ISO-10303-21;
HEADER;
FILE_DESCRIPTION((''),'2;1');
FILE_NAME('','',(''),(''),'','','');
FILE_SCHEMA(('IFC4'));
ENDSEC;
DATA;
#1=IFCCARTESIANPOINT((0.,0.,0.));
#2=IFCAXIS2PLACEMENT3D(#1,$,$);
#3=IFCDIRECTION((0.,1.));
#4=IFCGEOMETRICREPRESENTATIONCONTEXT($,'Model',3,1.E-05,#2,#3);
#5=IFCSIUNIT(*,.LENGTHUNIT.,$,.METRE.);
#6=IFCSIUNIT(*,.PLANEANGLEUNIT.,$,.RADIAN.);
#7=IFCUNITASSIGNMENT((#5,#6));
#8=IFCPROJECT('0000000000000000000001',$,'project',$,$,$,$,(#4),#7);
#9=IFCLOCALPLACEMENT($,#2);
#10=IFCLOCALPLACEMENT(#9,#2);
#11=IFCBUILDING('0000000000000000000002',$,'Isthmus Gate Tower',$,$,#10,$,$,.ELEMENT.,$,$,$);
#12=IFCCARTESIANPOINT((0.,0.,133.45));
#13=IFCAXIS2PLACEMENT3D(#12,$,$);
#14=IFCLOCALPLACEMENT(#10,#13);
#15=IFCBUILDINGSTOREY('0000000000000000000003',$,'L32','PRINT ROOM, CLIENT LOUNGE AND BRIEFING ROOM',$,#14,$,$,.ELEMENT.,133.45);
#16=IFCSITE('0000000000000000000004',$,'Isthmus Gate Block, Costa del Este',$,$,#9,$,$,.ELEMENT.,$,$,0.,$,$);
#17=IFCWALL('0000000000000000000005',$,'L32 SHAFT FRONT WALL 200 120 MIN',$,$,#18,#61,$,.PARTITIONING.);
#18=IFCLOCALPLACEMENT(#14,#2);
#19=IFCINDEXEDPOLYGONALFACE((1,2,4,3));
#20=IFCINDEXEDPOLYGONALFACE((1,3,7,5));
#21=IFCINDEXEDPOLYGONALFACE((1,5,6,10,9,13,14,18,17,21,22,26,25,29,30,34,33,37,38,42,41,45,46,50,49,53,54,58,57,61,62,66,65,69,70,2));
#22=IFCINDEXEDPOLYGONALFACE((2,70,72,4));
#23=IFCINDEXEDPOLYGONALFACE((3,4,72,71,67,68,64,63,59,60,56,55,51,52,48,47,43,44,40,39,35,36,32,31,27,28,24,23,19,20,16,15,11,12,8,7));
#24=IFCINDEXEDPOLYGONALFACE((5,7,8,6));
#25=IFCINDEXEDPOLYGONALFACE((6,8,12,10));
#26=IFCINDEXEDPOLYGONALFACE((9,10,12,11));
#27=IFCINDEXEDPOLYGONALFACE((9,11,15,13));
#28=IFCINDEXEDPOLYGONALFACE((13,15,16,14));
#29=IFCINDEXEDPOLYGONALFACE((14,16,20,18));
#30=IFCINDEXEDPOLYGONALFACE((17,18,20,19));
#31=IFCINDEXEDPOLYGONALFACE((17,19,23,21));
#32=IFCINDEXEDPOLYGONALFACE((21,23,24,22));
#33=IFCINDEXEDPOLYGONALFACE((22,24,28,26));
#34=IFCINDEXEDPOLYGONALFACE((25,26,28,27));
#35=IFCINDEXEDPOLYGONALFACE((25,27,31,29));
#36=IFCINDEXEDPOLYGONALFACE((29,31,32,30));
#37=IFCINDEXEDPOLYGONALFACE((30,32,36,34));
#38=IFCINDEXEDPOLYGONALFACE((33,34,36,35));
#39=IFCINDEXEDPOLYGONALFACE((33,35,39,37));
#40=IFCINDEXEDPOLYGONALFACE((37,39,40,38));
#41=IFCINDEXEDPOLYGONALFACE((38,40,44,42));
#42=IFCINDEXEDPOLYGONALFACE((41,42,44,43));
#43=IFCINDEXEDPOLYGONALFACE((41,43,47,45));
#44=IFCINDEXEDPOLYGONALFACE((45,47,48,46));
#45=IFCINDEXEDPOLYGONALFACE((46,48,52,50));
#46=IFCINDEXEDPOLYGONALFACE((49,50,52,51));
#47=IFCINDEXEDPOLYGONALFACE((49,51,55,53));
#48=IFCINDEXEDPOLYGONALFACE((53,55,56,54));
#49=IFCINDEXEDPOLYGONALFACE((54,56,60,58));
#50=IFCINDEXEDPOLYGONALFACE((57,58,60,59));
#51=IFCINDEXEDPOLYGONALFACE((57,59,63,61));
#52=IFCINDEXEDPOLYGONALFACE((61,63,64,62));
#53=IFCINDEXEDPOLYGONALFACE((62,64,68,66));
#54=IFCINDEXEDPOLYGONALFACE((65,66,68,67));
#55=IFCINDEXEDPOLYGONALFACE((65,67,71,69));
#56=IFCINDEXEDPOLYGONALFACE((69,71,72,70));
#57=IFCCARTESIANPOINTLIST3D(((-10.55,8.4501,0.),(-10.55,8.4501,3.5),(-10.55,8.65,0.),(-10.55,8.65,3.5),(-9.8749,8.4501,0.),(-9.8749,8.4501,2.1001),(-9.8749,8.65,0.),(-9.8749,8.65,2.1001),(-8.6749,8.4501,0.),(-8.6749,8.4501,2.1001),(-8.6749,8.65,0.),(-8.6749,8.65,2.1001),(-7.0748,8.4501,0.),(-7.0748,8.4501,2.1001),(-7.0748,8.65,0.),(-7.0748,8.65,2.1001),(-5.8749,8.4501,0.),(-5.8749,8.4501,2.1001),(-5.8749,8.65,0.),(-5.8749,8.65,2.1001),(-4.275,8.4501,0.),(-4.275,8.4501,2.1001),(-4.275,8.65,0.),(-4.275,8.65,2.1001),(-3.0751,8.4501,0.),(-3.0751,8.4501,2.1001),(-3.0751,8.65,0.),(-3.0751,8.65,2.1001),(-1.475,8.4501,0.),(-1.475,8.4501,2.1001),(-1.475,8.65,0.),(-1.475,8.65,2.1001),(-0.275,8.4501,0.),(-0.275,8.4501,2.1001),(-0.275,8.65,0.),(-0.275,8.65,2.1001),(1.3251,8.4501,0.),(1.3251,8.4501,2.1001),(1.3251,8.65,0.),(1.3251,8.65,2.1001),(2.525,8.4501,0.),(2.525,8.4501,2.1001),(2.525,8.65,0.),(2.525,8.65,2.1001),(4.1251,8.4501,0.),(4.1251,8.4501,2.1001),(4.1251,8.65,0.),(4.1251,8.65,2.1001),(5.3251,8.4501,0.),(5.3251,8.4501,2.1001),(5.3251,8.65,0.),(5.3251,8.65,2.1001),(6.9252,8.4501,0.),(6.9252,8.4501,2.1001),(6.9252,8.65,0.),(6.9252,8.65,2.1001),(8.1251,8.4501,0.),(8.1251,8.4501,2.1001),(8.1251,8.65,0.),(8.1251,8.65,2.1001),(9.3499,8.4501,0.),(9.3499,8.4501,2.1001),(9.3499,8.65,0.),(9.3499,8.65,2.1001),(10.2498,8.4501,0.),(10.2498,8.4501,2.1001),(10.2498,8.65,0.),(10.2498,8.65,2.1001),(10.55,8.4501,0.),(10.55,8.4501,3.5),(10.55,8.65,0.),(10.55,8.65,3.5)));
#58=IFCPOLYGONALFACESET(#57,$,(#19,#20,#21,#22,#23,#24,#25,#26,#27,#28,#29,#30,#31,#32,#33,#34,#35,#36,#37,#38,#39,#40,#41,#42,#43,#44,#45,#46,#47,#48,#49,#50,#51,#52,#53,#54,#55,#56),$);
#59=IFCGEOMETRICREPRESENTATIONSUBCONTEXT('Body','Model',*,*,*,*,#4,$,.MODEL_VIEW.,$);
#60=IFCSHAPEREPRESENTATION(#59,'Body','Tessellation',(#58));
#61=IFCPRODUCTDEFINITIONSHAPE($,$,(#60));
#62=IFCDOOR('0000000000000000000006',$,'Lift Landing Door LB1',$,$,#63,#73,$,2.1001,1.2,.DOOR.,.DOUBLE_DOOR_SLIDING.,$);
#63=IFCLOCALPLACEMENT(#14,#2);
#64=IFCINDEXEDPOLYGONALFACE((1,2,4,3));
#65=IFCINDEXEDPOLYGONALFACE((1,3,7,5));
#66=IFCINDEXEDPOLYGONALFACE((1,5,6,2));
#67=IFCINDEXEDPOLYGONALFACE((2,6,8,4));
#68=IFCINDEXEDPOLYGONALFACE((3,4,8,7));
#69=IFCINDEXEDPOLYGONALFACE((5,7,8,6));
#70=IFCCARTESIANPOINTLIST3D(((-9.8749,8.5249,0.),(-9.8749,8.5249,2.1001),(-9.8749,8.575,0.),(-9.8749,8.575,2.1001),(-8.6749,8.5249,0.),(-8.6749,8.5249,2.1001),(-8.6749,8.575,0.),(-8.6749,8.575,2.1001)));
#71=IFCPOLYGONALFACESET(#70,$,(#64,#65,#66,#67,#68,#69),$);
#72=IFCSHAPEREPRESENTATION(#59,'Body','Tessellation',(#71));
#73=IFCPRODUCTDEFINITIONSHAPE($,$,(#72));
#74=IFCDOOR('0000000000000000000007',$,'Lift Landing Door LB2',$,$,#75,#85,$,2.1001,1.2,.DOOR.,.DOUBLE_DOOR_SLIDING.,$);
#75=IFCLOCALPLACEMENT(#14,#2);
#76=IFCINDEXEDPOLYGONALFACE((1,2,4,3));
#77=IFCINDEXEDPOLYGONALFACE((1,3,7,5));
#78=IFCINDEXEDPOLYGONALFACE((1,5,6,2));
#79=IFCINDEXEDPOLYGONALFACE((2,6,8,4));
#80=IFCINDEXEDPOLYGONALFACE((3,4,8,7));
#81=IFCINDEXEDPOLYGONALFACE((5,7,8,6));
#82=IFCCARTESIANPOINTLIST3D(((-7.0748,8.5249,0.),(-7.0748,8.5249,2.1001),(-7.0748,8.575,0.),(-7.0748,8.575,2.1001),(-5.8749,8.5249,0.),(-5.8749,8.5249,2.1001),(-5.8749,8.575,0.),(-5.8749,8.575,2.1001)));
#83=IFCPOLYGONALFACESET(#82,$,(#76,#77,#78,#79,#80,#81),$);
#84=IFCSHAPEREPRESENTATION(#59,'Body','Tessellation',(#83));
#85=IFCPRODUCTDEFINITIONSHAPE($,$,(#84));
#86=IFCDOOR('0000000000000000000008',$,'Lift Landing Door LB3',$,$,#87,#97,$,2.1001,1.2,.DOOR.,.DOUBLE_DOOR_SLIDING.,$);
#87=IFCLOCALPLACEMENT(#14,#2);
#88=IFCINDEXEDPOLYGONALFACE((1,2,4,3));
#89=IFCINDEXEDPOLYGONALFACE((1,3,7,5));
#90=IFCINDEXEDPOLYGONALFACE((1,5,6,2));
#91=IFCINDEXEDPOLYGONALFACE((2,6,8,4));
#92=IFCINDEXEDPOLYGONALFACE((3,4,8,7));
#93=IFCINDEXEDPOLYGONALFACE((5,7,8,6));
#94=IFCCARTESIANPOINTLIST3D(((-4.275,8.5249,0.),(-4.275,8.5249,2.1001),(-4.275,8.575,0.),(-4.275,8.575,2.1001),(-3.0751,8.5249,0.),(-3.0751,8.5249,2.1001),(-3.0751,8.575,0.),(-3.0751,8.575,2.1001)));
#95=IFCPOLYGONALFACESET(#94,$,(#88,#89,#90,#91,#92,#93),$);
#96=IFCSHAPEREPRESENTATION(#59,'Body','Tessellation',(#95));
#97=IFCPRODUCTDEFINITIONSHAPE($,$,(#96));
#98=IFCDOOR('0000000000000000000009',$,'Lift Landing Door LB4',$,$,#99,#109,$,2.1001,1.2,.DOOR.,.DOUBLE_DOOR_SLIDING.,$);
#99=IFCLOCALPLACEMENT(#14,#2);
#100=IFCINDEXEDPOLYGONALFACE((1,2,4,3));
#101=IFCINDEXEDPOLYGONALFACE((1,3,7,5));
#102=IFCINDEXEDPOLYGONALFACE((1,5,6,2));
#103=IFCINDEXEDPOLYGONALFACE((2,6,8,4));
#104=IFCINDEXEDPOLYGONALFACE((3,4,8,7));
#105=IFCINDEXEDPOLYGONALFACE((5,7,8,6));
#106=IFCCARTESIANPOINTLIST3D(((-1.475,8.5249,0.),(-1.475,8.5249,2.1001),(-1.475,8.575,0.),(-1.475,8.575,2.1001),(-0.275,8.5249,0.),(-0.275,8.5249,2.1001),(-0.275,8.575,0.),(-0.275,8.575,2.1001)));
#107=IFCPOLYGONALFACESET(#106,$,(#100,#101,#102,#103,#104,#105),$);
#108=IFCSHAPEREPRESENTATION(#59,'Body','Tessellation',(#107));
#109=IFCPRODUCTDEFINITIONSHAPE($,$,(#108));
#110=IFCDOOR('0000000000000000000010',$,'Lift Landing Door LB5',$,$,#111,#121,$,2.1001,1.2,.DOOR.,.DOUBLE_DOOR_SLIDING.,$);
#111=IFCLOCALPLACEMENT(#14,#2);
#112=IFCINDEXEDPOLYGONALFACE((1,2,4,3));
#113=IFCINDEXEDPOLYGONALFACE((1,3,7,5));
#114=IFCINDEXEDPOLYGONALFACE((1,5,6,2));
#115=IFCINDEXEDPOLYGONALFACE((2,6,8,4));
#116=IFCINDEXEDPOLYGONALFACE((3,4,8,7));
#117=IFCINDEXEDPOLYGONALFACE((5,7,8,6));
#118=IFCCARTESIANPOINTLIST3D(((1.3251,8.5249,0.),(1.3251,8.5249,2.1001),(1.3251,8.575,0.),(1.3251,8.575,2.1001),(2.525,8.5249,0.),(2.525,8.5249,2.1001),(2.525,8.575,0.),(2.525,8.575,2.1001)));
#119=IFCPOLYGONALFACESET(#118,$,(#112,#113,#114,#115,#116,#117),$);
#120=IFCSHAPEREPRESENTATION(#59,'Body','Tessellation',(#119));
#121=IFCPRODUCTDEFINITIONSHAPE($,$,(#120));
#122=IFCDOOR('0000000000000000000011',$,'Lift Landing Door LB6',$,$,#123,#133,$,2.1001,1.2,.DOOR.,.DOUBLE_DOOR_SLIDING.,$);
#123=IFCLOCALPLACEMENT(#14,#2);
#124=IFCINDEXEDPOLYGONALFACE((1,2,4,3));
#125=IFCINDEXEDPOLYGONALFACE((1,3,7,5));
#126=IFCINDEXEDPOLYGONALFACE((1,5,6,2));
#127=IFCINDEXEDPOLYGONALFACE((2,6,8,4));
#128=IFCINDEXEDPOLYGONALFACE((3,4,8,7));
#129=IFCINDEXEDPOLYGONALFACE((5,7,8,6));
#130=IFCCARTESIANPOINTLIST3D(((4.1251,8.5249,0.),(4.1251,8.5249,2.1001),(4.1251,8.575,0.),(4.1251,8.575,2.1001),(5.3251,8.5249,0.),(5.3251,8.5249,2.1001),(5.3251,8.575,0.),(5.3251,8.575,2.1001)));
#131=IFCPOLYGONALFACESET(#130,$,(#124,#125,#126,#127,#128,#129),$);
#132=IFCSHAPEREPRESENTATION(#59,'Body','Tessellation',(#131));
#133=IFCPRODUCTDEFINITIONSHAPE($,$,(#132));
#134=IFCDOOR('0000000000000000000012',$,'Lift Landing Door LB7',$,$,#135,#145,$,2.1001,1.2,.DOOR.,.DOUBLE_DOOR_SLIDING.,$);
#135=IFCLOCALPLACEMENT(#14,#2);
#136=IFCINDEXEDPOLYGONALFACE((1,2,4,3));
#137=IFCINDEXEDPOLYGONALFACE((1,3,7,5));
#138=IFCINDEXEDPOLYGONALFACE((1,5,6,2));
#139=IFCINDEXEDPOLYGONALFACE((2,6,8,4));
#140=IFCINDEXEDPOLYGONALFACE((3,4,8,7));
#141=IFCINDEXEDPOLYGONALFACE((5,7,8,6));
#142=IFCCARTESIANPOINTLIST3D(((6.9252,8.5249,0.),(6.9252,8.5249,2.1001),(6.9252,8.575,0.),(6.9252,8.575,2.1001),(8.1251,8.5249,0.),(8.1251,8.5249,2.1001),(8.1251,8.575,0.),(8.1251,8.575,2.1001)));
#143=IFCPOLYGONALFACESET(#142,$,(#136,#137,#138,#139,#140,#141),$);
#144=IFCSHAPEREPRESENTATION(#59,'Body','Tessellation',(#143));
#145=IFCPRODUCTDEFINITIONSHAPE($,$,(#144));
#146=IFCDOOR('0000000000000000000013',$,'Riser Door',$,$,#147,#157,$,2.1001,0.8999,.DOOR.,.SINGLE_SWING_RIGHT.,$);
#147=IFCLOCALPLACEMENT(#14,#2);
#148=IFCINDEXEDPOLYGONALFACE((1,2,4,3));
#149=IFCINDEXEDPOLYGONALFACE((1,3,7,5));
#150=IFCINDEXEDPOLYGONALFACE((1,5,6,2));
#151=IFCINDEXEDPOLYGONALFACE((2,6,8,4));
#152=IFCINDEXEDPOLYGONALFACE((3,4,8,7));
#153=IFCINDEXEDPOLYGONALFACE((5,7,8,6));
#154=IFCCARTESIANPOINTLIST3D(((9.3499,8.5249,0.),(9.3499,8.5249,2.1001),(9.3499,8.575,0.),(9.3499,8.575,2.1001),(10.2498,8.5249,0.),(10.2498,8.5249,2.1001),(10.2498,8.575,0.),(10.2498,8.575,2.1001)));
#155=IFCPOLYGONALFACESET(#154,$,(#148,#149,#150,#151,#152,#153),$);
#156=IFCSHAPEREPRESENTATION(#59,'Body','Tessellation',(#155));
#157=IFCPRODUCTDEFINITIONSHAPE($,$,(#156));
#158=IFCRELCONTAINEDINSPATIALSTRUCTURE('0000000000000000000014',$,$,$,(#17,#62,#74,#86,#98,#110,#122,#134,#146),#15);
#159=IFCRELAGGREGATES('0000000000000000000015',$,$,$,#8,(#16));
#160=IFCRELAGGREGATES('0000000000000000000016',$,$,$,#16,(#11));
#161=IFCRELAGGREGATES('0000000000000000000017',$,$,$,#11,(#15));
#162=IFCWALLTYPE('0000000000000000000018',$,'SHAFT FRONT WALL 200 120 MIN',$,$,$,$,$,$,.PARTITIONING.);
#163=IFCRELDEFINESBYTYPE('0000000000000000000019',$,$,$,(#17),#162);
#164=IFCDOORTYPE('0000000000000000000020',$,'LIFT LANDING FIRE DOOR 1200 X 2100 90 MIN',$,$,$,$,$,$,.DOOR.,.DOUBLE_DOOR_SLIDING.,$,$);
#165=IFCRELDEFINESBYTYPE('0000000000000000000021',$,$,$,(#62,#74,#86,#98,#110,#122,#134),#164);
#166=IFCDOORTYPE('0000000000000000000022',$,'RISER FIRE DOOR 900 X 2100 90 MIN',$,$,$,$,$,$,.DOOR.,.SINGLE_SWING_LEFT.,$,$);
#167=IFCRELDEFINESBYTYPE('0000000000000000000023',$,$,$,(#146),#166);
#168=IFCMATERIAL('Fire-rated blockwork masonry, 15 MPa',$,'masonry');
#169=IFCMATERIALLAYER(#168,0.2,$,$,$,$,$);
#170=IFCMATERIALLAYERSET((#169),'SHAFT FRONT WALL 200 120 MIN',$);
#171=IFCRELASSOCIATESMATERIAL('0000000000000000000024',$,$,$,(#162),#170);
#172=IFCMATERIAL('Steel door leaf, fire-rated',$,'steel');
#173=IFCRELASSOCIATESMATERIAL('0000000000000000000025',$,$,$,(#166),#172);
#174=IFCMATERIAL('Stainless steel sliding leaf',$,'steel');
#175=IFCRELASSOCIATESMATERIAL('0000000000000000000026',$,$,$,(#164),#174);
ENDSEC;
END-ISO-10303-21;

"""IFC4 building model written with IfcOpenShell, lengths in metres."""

from ifc_helpers import new_model, si_unit, direction, frame, frame_2d, origin, place, context, subcontext, project, spatial, rectangle, extrude, material, layer, layer_set, type_object, element, fill, save


model = new_model("IFC4")

# Units and contexts
model_context = context("Model", 3, precision=1e-05, world=origin(), true_north=direction((0.0, 1.0)))
body_context = subcontext(model_context, "Body", "Model", "MODEL_VIEW")
ifc_project = project(units=[si_unit("LENGTHUNIT", "METRE"), si_unit("PLANEANGLEUNIT", "RADIAN")], contexts=[model_context])

# Site, building, storey
site_placement = place(None, origin())
site = spatial("IfcSite", under=ifc_project, at=site_placement, Name="Isthmus Gate Block, Costa del Este", CompositionType="ELEMENT", RefElevation=0.0)
building_placement = place(site_placement, origin())
building = spatial("IfcBuilding", under=site, at=building_placement, Name="Isthmus Gate Tower", CompositionType="ELEMENT")
storey_placement = place(building_placement, frame((0.0, 0.0, 133.45)))
storey = spatial("IfcBuildingStorey", under=building, at=storey_placement, Name="L32", Description="PRINT ROOM, CLIENT LOUNGE AND BRIEFING ROOM", CompositionType="ELEMENT", Elevation=133.45)

# Wall, openings, doors
ifc_material_1 = material(Name="Fire-rated blockwork masonry, 15 MPa", Category="masonry")
ifc_layer_1 = layer(ifc_material_1, 0.2)
ifc_layer_set_1 = layer_set([ifc_layer_1], Name="SHAFT FRONT WALL 200 120 MIN")
wall_type_1 = type_object("IfcWallType", Name="SHAFT FRONT WALL 200 120 MIN", PredefinedType="PARTITIONING", material=ifc_layer_set_1)
ifc_material_2 = material(Name="Steel door leaf, fire-rated", Category="steel")
door_type_1 = type_object("IfcDoorType", Name="RISER FIRE DOOR 900 X 2100 90 MIN", OperationType="SINGLE_SWING_LEFT", PredefinedType="DOOR", material=ifc_material_2)
wall_1_placement = place(storey_placement, frame((-10.55, 8.55, 0.0), z_axis=(0.0, 0.0, 1.0), x_axis=(1.0, 0.0, 0.0)))
wall_1 = element("IfcWall", 1, at=wall_1_placement, inside=storey, type_object=wall_type_1, Name="L32 SHAFT FRONT WALL 200 120 MIN", PredefinedType="PARTITIONING", context=body_context, shape_type="SweptSolid", body=[
    extrude(rectangle(XDim=21.1001, YDim=0.2, at=frame_2d((10.55, 0.0))), origin(), (0.0, 0.0, 1.0), 3.5),
])
opening_1_placement = place(wall_1_placement, frame((0.675, 0.0, 0.0)))
opening_1 = element("IfcOpeningElement", 2, at=opening_1_placement, cuts=wall_1, PredefinedType="OPENING", context=body_context, shape_type="SweptSolid", body=[
    extrude(rectangle(XDim=1.2, YDim=2.1001, at=frame_2d((0.6001, 1.05))), frame((0.0, 0.1099, 0.0), z_axis=(0.0, -1.0, 0.0), x_axis=(1.0, 0.0, 0.0)), (0.0, 0.0, 1.0), 0.22),
])
opening_2_placement = place(wall_1_placement, frame((3.4751, 0.0, 0.0)))
opening_2 = element("IfcOpeningElement", 3, at=opening_2_placement, cuts=wall_1, PredefinedType="OPENING", context=body_context, shape_type="SweptSolid", body=[
    extrude(rectangle(XDim=1.2, YDim=2.1001, at=frame_2d((0.6001, 1.05))), frame((0.0, 0.1099, 0.0), z_axis=(0.0, -1.0, 0.0), x_axis=(1.0, 0.0, 0.0)), (0.0, 0.0, 1.0), 0.22),
])
opening_3_placement = place(wall_1_placement, frame((6.2749, 0.0, 0.0)))
opening_3 = element("IfcOpeningElement", 4, at=opening_3_placement, cuts=wall_1, PredefinedType="OPENING", context=body_context, shape_type="SweptSolid", body=[
    extrude(rectangle(XDim=1.2, YDim=2.1001, at=frame_2d((0.6001, 1.05))), frame((0.0, 0.1099, 0.0), z_axis=(0.0, -1.0, 0.0), x_axis=(1.0, 0.0, 0.0)), (0.0, 0.0, 1.0), 0.22),
])
opening_4_placement = place(wall_1_placement, frame((9.075, 0.0, 0.0)))
opening_4 = element("IfcOpeningElement", 5, at=opening_4_placement, cuts=wall_1, PredefinedType="OPENING", context=body_context, shape_type="SweptSolid", body=[
    extrude(rectangle(XDim=1.2, YDim=2.1001, at=frame_2d((0.6001, 1.05))), frame((0.0, 0.1099, 0.0), z_axis=(0.0, -1.0, 0.0), x_axis=(1.0, 0.0, 0.0)), (0.0, 0.0, 1.0), 0.22),
])
opening_5_placement = place(wall_1_placement, frame((11.875, 0.0, 0.0)))
opening_5 = element("IfcOpeningElement", 6, at=opening_5_placement, cuts=wall_1, PredefinedType="OPENING", context=body_context, shape_type="SweptSolid", body=[
    extrude(rectangle(XDim=1.2, YDim=2.1001, at=frame_2d((0.6001, 1.05))), frame((0.0, 0.1099, 0.0), z_axis=(0.0, -1.0, 0.0), x_axis=(1.0, 0.0, 0.0)), (0.0, 0.0, 1.0), 0.22),
])
opening_6_placement = place(wall_1_placement, frame((14.675, 0.0, 0.0)))
opening_6 = element("IfcOpeningElement", 7, at=opening_6_placement, cuts=wall_1, PredefinedType="OPENING", context=body_context, shape_type="SweptSolid", body=[
    extrude(rectangle(XDim=1.2, YDim=2.1001, at=frame_2d((0.6001, 1.05))), frame((0.0, 0.1099, 0.0), z_axis=(0.0, -1.0, 0.0), x_axis=(1.0, 0.0, 0.0)), (0.0, 0.0, 1.0), 0.22),
])
opening_7_placement = place(wall_1_placement, frame((17.4751, 0.0, 0.0)))
opening_7 = element("IfcOpeningElement", 8, at=opening_7_placement, cuts=wall_1, PredefinedType="OPENING", context=body_context, shape_type="SweptSolid", body=[
    extrude(rectangle(XDim=1.2, YDim=2.1001, at=frame_2d((0.6001, 1.05))), frame((0.0, 0.1099, 0.0), z_axis=(0.0, -1.0, 0.0), x_axis=(1.0, 0.0, 0.0)), (0.0, 0.0, 1.0), 0.22),
])
opening_8_placement = place(wall_1_placement, frame((19.8999, 0.0, 0.0)))
opening_8 = element("IfcOpeningElement", 9, at=opening_8_placement, cuts=wall_1, PredefinedType="OPENING", context=body_context, shape_type="SweptSolid", body=[
    extrude(rectangle(XDim=0.8999, YDim=2.1001, at=frame_2d((0.45, 1.05))), frame((0.0, 0.1099, 0.0), z_axis=(0.0, -1.0, 0.0), x_axis=(1.0, 0.0, 0.0)), (0.0, 0.0, 1.0), 0.22),
])
ifc_material_3 = material(Name="Stainless steel sliding leaf", Category="steel")
door_type_2 = type_object("IfcDoorType", Name="LIFT LANDING FIRE DOOR 1200 X 2100 90 MIN", OperationType="DOUBLE_DOOR_SLIDING", PredefinedType="DOOR", material=ifc_material_3)
door_1_placement = place(opening_1_placement, origin())
door_1 = element("IfcDoor", 10, at=door_1_placement, inside=storey, type_object=door_type_2, Name="Lift Landing Door LB1", OperationType="DOUBLE_DOOR_SLIDING", OverallHeight=2.1001, OverallWidth=1.2, PredefinedType="DOOR", context=body_context, shape_type="SweptSolid", body=[
    extrude(rectangle(XDim=1.2, YDim=2.1001, at=frame_2d((0.6001, 1.05))), frame((0.0, 0.0249, 0.0), z_axis=(0.0, -1.0, 0.0), x_axis=(1.0, 0.0, 0.0)), (0.0, 0.0, 1.0), 0.05),
])
fill(opening_1, door_1)
door_2_placement = place(opening_2_placement, origin())
door_2 = element("IfcDoor", 11, at=door_2_placement, inside=storey, type_object=door_type_2, Name="Lift Landing Door LB2", OperationType="DOUBLE_DOOR_SLIDING", OverallHeight=2.1001, OverallWidth=1.2, PredefinedType="DOOR", context=body_context, shape_type="SweptSolid", body=[
    extrude(rectangle(XDim=1.2, YDim=2.1001, at=frame_2d((0.6001, 1.05))), frame((0.0, 0.0249, 0.0), z_axis=(0.0, -1.0, 0.0), x_axis=(1.0, 0.0, 0.0)), (0.0, 0.0, 1.0), 0.05),
])
fill(opening_2, door_2)
door_3_placement = place(opening_3_placement, origin())
door_3 = element("IfcDoor", 12, at=door_3_placement, inside=storey, type_object=door_type_2, Name="Lift Landing Door LB3", OperationType="DOUBLE_DOOR_SLIDING", OverallHeight=2.1001, OverallWidth=1.2, PredefinedType="DOOR", context=body_context, shape_type="SweptSolid", body=[
    extrude(rectangle(XDim=1.2, YDim=2.1001, at=frame_2d((0.6001, 1.05))), frame((0.0, 0.0249, 0.0), z_axis=(0.0, -1.0, 0.0), x_axis=(1.0, 0.0, 0.0)), (0.0, 0.0, 1.0), 0.05),
])
fill(opening_3, door_3)
door_4_placement = place(opening_4_placement, origin())
door_4 = element("IfcDoor", 13, at=door_4_placement, inside=storey, type_object=door_type_2, Name="Lift Landing Door LB4", OperationType="DOUBLE_DOOR_SLIDING", OverallHeight=2.1001, OverallWidth=1.2, PredefinedType="DOOR", context=body_context, shape_type="SweptSolid", body=[
    extrude(rectangle(XDim=1.2, YDim=2.1001, at=frame_2d((0.6001, 1.05))), frame((0.0, 0.0249, 0.0), z_axis=(0.0, -1.0, 0.0), x_axis=(1.0, 0.0, 0.0)), (0.0, 0.0, 1.0), 0.05),
])
fill(opening_4, door_4)
door_5_placement = place(opening_5_placement, origin())
door_5 = element("IfcDoor", 14, at=door_5_placement, inside=storey, type_object=door_type_2, Name="Lift Landing Door LB5", OperationType="DOUBLE_DOOR_SLIDING", OverallHeight=2.1001, OverallWidth=1.2, PredefinedType="DOOR", context=body_context, shape_type="SweptSolid", body=[
    extrude(rectangle(XDim=1.2, YDim=2.1001, at=frame_2d((0.6001, 1.05))), frame((0.0, 0.0249, 0.0), z_axis=(0.0, -1.0, 0.0), x_axis=(1.0, 0.0, 0.0)), (0.0, 0.0, 1.0), 0.05),
])
fill(opening_5, door_5)
door_6_placement = place(opening_6_placement, origin())
door_6 = element("IfcDoor", 15, at=door_6_placement, inside=storey, type_object=door_type_2, Name="Lift Landing Door LB6", OperationType="DOUBLE_DOOR_SLIDING", OverallHeight=2.1001, OverallWidth=1.2, PredefinedType="DOOR", context=body_context, shape_type="SweptSolid", body=[
    extrude(rectangle(XDim=1.2, YDim=2.1001, at=frame_2d((0.6001, 1.05))), frame((0.0, 0.0249, 0.0), z_axis=(0.0, -1.0, 0.0), x_axis=(1.0, 0.0, 0.0)), (0.0, 0.0, 1.0), 0.05),
])
fill(opening_6, door_6)
door_7_placement = place(opening_7_placement, origin())
door_7 = element("IfcDoor", 16, at=door_7_placement, inside=storey, type_object=door_type_2, Name="Lift Landing Door LB7", OperationType="DOUBLE_DOOR_SLIDING", OverallHeight=2.1001, OverallWidth=1.2, PredefinedType="DOOR", context=body_context, shape_type="SweptSolid", body=[
    extrude(rectangle(XDim=1.2, YDim=2.1001, at=frame_2d((0.6001, 1.05))), frame((0.0, 0.0249, 0.0), z_axis=(0.0, -1.0, 0.0), x_axis=(1.0, 0.0, 0.0)), (0.0, 0.0, 1.0), 0.05),
])
fill(opening_7, door_7)
door_8_placement = place(opening_8_placement, origin())
door_8 = element("IfcDoor", 17, at=door_8_placement, inside=storey, type_object=door_type_1, Name="Riser Door", OperationType="SINGLE_SWING_RIGHT", OverallHeight=2.1001, OverallWidth=0.8999, PredefinedType="DOOR", context=body_context, shape_type="SweptSolid", body=[
    extrude(rectangle(XDim=0.8999, YDim=2.1001, at=frame_2d((0.45, 1.05))), frame((0.0, 0.0249, 0.0), z_axis=(0.0, -1.0, 0.0), x_axis=(1.0, 0.0, 0.0)), (0.0, 0.0, 1.0), 0.05),
])
fill(opening_8, door_8)

save(model, "model.ifc")
